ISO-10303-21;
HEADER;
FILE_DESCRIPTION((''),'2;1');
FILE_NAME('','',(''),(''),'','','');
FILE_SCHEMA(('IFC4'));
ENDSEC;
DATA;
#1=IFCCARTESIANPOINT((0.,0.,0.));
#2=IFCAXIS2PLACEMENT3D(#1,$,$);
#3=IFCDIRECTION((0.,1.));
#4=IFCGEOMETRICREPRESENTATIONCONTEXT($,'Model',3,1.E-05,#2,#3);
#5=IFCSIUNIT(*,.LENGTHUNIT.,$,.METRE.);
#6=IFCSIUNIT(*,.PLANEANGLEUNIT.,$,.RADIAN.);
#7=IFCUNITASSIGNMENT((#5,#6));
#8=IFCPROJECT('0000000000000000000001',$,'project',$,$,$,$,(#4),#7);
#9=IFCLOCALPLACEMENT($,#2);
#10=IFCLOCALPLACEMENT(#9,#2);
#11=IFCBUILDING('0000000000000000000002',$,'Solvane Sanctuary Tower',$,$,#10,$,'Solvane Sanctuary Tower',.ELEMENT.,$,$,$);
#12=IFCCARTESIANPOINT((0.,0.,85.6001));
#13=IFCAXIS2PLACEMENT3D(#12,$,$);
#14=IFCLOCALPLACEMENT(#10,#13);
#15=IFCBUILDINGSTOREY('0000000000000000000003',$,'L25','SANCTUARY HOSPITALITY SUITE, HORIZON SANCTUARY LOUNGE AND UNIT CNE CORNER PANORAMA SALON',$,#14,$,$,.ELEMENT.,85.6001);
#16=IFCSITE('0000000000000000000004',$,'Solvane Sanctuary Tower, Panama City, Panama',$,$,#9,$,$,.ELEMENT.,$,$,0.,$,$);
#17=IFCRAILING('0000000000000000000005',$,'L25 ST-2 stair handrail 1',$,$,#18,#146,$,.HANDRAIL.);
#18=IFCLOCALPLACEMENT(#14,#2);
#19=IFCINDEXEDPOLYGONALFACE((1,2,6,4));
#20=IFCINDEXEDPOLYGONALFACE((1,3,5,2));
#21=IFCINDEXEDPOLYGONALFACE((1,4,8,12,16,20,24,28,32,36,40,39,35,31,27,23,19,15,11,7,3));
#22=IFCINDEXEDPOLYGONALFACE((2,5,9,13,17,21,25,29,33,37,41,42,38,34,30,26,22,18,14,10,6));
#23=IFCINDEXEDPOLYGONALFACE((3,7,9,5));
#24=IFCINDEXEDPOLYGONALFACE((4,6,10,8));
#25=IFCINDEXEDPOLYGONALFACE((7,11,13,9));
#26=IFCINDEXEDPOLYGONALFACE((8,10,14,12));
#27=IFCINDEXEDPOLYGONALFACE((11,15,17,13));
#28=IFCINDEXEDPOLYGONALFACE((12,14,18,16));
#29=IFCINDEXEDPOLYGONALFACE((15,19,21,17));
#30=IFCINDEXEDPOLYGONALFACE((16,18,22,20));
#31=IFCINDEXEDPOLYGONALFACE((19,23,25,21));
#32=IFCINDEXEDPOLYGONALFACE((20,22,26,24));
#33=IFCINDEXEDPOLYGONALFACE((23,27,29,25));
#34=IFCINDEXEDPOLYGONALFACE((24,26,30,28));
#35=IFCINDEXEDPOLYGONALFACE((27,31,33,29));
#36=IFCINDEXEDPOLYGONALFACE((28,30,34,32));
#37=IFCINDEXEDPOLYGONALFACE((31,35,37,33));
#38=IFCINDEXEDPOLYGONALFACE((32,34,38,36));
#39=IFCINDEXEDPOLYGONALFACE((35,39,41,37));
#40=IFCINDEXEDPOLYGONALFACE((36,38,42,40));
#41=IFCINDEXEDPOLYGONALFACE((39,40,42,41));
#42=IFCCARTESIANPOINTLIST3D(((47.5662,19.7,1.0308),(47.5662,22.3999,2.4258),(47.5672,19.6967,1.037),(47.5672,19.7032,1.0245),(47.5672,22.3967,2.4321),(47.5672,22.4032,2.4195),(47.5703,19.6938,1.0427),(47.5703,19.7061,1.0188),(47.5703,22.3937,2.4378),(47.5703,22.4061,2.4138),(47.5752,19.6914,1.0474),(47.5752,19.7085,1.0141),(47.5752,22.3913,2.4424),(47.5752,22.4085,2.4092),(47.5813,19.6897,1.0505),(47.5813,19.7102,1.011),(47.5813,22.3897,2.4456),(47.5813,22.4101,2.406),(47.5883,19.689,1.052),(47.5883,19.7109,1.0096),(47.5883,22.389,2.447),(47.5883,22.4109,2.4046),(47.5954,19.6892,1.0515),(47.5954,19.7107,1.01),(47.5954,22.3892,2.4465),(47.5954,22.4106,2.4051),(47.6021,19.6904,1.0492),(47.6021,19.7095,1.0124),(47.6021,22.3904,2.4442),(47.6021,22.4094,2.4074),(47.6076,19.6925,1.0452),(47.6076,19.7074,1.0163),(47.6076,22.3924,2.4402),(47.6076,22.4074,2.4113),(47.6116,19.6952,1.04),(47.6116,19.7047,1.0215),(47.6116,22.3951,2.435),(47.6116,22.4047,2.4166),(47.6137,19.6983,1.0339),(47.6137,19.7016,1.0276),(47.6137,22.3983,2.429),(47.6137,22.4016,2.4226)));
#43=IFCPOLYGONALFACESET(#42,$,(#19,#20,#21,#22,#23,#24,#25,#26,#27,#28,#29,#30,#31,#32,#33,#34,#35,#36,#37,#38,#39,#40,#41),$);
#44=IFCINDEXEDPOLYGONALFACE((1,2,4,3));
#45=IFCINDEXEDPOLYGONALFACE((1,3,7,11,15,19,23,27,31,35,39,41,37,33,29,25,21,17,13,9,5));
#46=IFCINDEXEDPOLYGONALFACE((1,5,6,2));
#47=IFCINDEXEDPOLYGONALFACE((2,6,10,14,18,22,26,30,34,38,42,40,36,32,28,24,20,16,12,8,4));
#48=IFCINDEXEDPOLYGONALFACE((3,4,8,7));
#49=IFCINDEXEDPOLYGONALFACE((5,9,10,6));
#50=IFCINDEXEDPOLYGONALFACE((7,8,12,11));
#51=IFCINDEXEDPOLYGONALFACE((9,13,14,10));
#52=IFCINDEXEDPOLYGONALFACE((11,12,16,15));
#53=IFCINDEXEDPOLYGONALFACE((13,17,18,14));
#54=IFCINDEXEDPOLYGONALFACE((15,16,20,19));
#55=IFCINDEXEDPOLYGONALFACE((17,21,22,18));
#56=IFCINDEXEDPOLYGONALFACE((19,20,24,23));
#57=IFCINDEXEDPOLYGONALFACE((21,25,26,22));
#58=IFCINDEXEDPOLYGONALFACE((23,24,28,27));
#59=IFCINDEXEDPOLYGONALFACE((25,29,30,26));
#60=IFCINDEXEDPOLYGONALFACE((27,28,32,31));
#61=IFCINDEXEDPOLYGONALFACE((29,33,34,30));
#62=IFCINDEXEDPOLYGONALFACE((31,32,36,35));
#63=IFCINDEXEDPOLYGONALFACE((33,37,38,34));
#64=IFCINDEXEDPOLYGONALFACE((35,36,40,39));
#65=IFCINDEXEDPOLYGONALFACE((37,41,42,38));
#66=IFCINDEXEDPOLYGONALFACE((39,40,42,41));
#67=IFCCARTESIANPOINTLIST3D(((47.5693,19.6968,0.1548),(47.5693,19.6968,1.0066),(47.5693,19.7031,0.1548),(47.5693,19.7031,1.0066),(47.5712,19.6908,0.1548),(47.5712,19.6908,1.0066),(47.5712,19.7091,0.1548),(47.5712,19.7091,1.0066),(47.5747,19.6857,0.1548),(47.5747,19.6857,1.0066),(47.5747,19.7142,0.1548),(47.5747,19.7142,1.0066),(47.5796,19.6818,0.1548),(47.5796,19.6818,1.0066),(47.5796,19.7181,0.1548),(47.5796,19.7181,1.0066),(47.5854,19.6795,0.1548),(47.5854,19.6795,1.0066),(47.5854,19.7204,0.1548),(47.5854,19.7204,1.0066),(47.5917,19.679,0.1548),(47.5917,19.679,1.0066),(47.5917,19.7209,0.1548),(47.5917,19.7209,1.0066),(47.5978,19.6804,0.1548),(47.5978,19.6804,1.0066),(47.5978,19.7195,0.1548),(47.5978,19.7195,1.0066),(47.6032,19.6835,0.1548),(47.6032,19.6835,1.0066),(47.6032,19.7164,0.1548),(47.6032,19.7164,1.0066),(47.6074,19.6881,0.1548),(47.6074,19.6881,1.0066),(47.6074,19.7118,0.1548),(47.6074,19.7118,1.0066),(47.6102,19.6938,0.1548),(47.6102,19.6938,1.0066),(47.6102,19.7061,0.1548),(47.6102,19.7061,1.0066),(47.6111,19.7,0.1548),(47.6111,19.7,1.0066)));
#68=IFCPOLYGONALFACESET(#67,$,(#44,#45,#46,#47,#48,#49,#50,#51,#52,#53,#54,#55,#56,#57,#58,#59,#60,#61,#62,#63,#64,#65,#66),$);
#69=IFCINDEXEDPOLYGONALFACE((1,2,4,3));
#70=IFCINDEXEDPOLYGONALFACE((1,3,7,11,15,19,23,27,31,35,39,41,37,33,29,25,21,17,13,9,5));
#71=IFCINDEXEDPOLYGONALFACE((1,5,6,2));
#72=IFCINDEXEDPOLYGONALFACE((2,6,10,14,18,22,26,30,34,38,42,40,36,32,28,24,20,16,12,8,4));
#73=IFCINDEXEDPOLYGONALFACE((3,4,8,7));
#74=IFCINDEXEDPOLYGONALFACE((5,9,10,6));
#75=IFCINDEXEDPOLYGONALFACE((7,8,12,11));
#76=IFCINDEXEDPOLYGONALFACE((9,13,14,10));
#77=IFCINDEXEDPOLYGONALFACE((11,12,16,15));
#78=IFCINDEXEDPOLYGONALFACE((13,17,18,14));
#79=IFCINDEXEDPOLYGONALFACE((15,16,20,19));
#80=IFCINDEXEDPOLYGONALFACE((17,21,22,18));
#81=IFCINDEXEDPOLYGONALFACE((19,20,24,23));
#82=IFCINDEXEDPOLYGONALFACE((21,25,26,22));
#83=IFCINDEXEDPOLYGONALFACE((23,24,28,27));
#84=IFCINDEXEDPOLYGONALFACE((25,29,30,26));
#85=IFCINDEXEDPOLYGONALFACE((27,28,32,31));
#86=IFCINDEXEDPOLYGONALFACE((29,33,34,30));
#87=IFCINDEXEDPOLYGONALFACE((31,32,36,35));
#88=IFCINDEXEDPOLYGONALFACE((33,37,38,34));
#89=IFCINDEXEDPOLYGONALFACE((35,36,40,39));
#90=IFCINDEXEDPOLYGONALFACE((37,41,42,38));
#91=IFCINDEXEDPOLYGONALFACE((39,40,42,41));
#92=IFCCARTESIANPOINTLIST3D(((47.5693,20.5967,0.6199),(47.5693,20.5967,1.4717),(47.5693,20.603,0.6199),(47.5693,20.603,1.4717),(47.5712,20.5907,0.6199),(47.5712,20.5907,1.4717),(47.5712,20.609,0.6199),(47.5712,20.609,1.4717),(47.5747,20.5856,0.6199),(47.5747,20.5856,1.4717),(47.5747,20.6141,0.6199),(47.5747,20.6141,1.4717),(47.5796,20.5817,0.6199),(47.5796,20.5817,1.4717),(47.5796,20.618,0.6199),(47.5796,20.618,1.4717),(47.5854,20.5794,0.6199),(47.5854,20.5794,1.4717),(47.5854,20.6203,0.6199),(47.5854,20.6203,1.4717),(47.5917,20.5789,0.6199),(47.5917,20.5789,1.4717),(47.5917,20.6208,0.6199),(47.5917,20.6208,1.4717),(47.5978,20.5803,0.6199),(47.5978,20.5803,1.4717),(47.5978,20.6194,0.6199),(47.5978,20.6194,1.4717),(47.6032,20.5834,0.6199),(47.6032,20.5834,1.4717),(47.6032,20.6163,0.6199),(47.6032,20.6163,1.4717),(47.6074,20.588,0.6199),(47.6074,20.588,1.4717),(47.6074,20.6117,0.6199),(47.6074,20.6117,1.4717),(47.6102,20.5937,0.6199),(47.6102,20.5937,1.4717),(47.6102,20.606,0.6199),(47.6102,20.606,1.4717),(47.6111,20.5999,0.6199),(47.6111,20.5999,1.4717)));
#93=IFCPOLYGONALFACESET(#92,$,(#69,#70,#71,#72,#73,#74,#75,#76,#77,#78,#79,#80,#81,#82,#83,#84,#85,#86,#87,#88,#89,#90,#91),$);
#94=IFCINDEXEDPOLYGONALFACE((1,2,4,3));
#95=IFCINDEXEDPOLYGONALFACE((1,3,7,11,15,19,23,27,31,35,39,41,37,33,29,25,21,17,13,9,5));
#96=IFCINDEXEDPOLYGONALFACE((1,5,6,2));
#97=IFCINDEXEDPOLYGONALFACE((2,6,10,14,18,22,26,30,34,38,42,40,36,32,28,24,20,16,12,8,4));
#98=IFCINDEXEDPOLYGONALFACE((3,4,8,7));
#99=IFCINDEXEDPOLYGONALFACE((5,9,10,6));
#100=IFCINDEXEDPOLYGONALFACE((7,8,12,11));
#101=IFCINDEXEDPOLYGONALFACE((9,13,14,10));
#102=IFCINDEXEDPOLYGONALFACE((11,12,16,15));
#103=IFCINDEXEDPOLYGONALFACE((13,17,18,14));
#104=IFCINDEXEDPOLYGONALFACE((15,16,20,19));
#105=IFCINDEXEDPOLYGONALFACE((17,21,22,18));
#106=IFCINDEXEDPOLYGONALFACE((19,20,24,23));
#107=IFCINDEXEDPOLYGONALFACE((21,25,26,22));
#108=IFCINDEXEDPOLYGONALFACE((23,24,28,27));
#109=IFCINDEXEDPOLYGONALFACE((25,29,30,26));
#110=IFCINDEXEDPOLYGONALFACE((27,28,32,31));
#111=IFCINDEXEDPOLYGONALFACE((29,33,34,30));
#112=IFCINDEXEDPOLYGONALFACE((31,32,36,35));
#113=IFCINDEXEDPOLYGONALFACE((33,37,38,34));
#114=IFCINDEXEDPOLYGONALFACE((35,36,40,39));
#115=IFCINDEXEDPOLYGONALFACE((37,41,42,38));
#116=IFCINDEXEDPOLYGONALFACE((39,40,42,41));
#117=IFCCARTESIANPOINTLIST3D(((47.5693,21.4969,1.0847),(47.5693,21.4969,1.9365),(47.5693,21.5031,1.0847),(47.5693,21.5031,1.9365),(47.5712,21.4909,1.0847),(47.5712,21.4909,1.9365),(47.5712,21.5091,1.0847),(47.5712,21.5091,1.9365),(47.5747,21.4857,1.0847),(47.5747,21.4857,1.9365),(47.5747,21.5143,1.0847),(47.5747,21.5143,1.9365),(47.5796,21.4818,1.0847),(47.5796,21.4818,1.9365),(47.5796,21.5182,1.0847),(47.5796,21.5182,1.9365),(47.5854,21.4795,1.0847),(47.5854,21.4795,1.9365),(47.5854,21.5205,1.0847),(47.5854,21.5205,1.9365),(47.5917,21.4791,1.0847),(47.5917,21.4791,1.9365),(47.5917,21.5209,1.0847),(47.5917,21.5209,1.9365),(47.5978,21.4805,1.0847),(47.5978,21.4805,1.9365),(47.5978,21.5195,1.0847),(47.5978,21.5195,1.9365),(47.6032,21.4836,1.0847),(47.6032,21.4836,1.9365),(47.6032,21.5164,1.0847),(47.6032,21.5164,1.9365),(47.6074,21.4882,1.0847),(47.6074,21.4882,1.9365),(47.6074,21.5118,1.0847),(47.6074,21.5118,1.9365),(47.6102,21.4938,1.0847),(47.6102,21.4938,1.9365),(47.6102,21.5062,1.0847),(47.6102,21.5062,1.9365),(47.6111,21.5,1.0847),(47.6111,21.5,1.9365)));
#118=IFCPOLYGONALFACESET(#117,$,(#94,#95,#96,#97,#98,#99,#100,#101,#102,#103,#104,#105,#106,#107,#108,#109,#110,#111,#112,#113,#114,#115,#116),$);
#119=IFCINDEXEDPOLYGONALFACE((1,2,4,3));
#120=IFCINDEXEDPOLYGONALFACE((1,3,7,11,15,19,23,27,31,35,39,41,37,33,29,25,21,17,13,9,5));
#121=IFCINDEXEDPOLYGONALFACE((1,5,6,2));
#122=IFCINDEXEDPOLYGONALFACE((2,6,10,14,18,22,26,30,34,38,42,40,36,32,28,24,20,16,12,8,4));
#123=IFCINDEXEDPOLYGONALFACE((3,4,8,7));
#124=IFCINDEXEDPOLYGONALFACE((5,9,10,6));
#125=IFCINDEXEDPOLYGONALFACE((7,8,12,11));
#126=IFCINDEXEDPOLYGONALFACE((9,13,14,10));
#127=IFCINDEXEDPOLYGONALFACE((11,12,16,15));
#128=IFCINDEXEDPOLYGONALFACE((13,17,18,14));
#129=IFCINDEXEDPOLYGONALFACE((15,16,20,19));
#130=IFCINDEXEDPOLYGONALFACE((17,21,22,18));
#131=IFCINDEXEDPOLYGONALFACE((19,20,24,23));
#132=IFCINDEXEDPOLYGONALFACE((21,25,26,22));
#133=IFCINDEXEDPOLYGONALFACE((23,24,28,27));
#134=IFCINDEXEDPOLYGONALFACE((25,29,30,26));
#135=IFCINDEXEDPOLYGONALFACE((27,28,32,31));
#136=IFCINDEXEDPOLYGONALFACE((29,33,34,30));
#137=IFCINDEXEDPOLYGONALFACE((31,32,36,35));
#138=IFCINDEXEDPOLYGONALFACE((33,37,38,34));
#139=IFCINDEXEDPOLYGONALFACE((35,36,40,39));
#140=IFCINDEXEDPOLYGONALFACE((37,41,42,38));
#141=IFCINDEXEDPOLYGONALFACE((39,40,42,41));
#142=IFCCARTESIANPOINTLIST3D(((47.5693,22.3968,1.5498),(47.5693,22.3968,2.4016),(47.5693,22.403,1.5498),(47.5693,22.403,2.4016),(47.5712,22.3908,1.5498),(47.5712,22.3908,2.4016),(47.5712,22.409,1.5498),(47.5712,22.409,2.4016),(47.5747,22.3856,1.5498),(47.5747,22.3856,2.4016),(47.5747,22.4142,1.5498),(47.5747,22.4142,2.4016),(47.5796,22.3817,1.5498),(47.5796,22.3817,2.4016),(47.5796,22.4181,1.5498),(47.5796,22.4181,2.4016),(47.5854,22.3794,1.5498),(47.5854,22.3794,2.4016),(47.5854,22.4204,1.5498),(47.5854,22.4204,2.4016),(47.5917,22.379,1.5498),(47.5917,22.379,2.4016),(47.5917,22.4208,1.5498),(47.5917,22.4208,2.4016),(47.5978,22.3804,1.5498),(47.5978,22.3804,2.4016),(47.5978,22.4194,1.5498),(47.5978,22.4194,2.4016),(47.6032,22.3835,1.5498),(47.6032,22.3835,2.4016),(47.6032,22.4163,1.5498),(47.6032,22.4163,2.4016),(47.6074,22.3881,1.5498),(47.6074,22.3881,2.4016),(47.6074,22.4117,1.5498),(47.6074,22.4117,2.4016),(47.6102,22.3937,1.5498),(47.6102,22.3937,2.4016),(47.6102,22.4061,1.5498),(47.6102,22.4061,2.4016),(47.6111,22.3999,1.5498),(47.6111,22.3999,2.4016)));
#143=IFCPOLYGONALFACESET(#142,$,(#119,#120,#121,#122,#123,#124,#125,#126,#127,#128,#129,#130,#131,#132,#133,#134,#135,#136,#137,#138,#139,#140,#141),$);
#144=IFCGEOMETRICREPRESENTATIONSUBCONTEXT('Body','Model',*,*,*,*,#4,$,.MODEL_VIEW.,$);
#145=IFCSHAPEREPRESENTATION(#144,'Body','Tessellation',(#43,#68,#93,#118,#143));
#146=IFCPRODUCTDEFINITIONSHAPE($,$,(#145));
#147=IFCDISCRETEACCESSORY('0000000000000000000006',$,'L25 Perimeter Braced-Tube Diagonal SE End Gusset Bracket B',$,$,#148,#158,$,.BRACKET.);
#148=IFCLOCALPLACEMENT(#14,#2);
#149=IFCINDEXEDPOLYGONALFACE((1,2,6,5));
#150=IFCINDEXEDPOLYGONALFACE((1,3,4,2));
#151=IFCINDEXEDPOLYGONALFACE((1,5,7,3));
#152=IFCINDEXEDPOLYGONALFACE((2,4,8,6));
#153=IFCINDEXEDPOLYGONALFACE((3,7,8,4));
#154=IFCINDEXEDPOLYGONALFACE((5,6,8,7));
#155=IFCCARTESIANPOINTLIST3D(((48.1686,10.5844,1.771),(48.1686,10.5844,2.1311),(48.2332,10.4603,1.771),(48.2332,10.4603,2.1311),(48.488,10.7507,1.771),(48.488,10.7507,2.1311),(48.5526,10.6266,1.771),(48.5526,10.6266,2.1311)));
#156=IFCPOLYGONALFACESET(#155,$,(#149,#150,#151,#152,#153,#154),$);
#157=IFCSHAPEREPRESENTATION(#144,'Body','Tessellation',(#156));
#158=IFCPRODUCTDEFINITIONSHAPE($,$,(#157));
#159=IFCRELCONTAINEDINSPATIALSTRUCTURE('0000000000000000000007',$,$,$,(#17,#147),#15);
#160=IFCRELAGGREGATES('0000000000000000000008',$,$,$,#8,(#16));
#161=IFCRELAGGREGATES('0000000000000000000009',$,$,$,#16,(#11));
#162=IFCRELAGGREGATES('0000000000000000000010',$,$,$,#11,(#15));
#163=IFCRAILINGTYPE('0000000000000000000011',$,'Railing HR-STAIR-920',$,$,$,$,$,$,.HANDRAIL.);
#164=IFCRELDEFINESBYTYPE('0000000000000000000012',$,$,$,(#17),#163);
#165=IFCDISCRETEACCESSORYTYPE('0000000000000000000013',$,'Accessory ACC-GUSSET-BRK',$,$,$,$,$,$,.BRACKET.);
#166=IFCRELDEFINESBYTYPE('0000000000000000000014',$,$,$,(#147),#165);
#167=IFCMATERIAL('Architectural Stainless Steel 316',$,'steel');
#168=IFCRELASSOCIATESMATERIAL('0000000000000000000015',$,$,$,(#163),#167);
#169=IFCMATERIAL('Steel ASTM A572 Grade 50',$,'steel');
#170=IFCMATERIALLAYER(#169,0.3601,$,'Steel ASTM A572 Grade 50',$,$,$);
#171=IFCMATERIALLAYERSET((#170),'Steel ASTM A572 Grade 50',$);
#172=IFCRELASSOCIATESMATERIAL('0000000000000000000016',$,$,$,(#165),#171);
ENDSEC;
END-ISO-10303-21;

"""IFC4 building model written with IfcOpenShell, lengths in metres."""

from ifc_helpers import new_model, si_unit, direction, frame, origin, origin_2d, place, context, subcontext, project, spatial, rectangle, circle, extrude, material, layer, layer_set, type_object, element, save


model = new_model("IFC4")

# Units and contexts
model_context = context("Model", 3, precision=1e-05, world=origin(), true_north=direction((0.0, 1.0)))
body_context = subcontext(model_context, "Body", "Model", "MODEL_VIEW")
ifc_project = project(units=[si_unit("LENGTHUNIT", "METRE"), si_unit("PLANEANGLEUNIT", "RADIAN")], contexts=[model_context])

# Site, building, storey
site_placement = place(None, origin())
site = spatial("IfcSite", under=ifc_project, at=site_placement, Name="Solvane Sanctuary Tower, Panama City, Panama", CompositionType="ELEMENT", RefElevation=0.0)
building_placement = place(site_placement, origin())
building = spatial("IfcBuilding", under=site, at=building_placement, Name="Solvane Sanctuary Tower", LongName="Solvane Sanctuary Tower", CompositionType="ELEMENT")
storey_placement = place(building_placement, frame((0.0, 0.0, 85.6001)))
storey = spatial("IfcBuildingStorey", under=building, at=storey_placement, Name="L25", Description="SANCTUARY HOSPITALITY SUITE, HORIZON SANCTUARY LOUNGE AND UNIT CNE CORNER PANORAMA SALON", CompositionType="ELEMENT", Elevation=85.6001)

# Railing
ifc_material_1 = material(Name="Architectural Stainless Steel 316", Category="steel")
railing_type_1 = type_object("IfcRailingType", Name="Railing HR-STAIR-920", PredefinedType="HANDRAIL", material=ifc_material_1)
railing_1_placement = place(storey_placement, frame((47.5901, 19.7, 0.1548)))
element("IfcRailing", 1, at=railing_1_placement, inside=storey, type_object=railing_type_1, Name="L25 ST-2 stair handrail 1", PredefinedType="HANDRAIL", context=body_context, shape_type="SweptSolid", body=[
    extrude(circle(Radius=0.0239, at=origin_2d()), frame((0.0, 0.0, 0.876), z_axis=(0.0, 0.88842, 0.459032), x_axis=(-1.0, 0.0, 0.0)), (0.0, 0.0, 1.0), 3.0391),
    extrude(circle(Radius=0.021, at=origin_2d()), origin(), (0.0, 0.0, 1.0), 0.8518),
    extrude(circle(Radius=0.021, at=origin_2d()), frame((0.0, 0.8999, 0.4651)), (0.0, 0.0, 1.0), 0.8518),
    extrude(circle(Radius=0.021, at=origin_2d()), frame((0.0, 1.8, 0.9299)), (0.0, 0.0, 1.0), 0.8518),
    extrude(circle(Radius=0.021, at=origin_2d()), frame((0.0, 2.7, 1.395)), (0.0, 0.0, 1.0), 0.8518),
])

# Discrete accessory
ifc_material_2 = material(Name="Steel ASTM A572 Grade 50", Category="steel")
ifc_layer_1 = layer(ifc_material_2, 0.3601, Name="Steel ASTM A572 Grade 50")
ifc_layer_set_1 = layer_set([ifc_layer_1], Name="Steel ASTM A572 Grade 50")
discrete_accessory_type = type_object("IfcDiscreteAccessoryType", Name="Accessory ACC-GUSSET-BRK", PredefinedType="BRACKET", material=ifc_layer_set_1)
discrete_accessory_placement = place(storey_placement, frame((48.3606, 10.6055, 1.771), z_axis=(0.0, 0.0, 1.0), x_axis=(0.887011, 0.461749, 0.0)))
element("IfcDiscreteAccessory", 2, at=discrete_accessory_placement, inside=storey, type_object=discrete_accessory_type, Name="L25 Perimeter Braced-Tube Diagonal SE End Gusset Bracket B", PredefinedType="BRACKET", context=body_context, shape_type="SweptSolid", body=[
    extrude(rectangle(XDim=0.3601, YDim=0.1399, at=origin_2d()), origin(), (0.0, 0.0, 1.0), 0.3601),
])

save(model, "model.ifc")
